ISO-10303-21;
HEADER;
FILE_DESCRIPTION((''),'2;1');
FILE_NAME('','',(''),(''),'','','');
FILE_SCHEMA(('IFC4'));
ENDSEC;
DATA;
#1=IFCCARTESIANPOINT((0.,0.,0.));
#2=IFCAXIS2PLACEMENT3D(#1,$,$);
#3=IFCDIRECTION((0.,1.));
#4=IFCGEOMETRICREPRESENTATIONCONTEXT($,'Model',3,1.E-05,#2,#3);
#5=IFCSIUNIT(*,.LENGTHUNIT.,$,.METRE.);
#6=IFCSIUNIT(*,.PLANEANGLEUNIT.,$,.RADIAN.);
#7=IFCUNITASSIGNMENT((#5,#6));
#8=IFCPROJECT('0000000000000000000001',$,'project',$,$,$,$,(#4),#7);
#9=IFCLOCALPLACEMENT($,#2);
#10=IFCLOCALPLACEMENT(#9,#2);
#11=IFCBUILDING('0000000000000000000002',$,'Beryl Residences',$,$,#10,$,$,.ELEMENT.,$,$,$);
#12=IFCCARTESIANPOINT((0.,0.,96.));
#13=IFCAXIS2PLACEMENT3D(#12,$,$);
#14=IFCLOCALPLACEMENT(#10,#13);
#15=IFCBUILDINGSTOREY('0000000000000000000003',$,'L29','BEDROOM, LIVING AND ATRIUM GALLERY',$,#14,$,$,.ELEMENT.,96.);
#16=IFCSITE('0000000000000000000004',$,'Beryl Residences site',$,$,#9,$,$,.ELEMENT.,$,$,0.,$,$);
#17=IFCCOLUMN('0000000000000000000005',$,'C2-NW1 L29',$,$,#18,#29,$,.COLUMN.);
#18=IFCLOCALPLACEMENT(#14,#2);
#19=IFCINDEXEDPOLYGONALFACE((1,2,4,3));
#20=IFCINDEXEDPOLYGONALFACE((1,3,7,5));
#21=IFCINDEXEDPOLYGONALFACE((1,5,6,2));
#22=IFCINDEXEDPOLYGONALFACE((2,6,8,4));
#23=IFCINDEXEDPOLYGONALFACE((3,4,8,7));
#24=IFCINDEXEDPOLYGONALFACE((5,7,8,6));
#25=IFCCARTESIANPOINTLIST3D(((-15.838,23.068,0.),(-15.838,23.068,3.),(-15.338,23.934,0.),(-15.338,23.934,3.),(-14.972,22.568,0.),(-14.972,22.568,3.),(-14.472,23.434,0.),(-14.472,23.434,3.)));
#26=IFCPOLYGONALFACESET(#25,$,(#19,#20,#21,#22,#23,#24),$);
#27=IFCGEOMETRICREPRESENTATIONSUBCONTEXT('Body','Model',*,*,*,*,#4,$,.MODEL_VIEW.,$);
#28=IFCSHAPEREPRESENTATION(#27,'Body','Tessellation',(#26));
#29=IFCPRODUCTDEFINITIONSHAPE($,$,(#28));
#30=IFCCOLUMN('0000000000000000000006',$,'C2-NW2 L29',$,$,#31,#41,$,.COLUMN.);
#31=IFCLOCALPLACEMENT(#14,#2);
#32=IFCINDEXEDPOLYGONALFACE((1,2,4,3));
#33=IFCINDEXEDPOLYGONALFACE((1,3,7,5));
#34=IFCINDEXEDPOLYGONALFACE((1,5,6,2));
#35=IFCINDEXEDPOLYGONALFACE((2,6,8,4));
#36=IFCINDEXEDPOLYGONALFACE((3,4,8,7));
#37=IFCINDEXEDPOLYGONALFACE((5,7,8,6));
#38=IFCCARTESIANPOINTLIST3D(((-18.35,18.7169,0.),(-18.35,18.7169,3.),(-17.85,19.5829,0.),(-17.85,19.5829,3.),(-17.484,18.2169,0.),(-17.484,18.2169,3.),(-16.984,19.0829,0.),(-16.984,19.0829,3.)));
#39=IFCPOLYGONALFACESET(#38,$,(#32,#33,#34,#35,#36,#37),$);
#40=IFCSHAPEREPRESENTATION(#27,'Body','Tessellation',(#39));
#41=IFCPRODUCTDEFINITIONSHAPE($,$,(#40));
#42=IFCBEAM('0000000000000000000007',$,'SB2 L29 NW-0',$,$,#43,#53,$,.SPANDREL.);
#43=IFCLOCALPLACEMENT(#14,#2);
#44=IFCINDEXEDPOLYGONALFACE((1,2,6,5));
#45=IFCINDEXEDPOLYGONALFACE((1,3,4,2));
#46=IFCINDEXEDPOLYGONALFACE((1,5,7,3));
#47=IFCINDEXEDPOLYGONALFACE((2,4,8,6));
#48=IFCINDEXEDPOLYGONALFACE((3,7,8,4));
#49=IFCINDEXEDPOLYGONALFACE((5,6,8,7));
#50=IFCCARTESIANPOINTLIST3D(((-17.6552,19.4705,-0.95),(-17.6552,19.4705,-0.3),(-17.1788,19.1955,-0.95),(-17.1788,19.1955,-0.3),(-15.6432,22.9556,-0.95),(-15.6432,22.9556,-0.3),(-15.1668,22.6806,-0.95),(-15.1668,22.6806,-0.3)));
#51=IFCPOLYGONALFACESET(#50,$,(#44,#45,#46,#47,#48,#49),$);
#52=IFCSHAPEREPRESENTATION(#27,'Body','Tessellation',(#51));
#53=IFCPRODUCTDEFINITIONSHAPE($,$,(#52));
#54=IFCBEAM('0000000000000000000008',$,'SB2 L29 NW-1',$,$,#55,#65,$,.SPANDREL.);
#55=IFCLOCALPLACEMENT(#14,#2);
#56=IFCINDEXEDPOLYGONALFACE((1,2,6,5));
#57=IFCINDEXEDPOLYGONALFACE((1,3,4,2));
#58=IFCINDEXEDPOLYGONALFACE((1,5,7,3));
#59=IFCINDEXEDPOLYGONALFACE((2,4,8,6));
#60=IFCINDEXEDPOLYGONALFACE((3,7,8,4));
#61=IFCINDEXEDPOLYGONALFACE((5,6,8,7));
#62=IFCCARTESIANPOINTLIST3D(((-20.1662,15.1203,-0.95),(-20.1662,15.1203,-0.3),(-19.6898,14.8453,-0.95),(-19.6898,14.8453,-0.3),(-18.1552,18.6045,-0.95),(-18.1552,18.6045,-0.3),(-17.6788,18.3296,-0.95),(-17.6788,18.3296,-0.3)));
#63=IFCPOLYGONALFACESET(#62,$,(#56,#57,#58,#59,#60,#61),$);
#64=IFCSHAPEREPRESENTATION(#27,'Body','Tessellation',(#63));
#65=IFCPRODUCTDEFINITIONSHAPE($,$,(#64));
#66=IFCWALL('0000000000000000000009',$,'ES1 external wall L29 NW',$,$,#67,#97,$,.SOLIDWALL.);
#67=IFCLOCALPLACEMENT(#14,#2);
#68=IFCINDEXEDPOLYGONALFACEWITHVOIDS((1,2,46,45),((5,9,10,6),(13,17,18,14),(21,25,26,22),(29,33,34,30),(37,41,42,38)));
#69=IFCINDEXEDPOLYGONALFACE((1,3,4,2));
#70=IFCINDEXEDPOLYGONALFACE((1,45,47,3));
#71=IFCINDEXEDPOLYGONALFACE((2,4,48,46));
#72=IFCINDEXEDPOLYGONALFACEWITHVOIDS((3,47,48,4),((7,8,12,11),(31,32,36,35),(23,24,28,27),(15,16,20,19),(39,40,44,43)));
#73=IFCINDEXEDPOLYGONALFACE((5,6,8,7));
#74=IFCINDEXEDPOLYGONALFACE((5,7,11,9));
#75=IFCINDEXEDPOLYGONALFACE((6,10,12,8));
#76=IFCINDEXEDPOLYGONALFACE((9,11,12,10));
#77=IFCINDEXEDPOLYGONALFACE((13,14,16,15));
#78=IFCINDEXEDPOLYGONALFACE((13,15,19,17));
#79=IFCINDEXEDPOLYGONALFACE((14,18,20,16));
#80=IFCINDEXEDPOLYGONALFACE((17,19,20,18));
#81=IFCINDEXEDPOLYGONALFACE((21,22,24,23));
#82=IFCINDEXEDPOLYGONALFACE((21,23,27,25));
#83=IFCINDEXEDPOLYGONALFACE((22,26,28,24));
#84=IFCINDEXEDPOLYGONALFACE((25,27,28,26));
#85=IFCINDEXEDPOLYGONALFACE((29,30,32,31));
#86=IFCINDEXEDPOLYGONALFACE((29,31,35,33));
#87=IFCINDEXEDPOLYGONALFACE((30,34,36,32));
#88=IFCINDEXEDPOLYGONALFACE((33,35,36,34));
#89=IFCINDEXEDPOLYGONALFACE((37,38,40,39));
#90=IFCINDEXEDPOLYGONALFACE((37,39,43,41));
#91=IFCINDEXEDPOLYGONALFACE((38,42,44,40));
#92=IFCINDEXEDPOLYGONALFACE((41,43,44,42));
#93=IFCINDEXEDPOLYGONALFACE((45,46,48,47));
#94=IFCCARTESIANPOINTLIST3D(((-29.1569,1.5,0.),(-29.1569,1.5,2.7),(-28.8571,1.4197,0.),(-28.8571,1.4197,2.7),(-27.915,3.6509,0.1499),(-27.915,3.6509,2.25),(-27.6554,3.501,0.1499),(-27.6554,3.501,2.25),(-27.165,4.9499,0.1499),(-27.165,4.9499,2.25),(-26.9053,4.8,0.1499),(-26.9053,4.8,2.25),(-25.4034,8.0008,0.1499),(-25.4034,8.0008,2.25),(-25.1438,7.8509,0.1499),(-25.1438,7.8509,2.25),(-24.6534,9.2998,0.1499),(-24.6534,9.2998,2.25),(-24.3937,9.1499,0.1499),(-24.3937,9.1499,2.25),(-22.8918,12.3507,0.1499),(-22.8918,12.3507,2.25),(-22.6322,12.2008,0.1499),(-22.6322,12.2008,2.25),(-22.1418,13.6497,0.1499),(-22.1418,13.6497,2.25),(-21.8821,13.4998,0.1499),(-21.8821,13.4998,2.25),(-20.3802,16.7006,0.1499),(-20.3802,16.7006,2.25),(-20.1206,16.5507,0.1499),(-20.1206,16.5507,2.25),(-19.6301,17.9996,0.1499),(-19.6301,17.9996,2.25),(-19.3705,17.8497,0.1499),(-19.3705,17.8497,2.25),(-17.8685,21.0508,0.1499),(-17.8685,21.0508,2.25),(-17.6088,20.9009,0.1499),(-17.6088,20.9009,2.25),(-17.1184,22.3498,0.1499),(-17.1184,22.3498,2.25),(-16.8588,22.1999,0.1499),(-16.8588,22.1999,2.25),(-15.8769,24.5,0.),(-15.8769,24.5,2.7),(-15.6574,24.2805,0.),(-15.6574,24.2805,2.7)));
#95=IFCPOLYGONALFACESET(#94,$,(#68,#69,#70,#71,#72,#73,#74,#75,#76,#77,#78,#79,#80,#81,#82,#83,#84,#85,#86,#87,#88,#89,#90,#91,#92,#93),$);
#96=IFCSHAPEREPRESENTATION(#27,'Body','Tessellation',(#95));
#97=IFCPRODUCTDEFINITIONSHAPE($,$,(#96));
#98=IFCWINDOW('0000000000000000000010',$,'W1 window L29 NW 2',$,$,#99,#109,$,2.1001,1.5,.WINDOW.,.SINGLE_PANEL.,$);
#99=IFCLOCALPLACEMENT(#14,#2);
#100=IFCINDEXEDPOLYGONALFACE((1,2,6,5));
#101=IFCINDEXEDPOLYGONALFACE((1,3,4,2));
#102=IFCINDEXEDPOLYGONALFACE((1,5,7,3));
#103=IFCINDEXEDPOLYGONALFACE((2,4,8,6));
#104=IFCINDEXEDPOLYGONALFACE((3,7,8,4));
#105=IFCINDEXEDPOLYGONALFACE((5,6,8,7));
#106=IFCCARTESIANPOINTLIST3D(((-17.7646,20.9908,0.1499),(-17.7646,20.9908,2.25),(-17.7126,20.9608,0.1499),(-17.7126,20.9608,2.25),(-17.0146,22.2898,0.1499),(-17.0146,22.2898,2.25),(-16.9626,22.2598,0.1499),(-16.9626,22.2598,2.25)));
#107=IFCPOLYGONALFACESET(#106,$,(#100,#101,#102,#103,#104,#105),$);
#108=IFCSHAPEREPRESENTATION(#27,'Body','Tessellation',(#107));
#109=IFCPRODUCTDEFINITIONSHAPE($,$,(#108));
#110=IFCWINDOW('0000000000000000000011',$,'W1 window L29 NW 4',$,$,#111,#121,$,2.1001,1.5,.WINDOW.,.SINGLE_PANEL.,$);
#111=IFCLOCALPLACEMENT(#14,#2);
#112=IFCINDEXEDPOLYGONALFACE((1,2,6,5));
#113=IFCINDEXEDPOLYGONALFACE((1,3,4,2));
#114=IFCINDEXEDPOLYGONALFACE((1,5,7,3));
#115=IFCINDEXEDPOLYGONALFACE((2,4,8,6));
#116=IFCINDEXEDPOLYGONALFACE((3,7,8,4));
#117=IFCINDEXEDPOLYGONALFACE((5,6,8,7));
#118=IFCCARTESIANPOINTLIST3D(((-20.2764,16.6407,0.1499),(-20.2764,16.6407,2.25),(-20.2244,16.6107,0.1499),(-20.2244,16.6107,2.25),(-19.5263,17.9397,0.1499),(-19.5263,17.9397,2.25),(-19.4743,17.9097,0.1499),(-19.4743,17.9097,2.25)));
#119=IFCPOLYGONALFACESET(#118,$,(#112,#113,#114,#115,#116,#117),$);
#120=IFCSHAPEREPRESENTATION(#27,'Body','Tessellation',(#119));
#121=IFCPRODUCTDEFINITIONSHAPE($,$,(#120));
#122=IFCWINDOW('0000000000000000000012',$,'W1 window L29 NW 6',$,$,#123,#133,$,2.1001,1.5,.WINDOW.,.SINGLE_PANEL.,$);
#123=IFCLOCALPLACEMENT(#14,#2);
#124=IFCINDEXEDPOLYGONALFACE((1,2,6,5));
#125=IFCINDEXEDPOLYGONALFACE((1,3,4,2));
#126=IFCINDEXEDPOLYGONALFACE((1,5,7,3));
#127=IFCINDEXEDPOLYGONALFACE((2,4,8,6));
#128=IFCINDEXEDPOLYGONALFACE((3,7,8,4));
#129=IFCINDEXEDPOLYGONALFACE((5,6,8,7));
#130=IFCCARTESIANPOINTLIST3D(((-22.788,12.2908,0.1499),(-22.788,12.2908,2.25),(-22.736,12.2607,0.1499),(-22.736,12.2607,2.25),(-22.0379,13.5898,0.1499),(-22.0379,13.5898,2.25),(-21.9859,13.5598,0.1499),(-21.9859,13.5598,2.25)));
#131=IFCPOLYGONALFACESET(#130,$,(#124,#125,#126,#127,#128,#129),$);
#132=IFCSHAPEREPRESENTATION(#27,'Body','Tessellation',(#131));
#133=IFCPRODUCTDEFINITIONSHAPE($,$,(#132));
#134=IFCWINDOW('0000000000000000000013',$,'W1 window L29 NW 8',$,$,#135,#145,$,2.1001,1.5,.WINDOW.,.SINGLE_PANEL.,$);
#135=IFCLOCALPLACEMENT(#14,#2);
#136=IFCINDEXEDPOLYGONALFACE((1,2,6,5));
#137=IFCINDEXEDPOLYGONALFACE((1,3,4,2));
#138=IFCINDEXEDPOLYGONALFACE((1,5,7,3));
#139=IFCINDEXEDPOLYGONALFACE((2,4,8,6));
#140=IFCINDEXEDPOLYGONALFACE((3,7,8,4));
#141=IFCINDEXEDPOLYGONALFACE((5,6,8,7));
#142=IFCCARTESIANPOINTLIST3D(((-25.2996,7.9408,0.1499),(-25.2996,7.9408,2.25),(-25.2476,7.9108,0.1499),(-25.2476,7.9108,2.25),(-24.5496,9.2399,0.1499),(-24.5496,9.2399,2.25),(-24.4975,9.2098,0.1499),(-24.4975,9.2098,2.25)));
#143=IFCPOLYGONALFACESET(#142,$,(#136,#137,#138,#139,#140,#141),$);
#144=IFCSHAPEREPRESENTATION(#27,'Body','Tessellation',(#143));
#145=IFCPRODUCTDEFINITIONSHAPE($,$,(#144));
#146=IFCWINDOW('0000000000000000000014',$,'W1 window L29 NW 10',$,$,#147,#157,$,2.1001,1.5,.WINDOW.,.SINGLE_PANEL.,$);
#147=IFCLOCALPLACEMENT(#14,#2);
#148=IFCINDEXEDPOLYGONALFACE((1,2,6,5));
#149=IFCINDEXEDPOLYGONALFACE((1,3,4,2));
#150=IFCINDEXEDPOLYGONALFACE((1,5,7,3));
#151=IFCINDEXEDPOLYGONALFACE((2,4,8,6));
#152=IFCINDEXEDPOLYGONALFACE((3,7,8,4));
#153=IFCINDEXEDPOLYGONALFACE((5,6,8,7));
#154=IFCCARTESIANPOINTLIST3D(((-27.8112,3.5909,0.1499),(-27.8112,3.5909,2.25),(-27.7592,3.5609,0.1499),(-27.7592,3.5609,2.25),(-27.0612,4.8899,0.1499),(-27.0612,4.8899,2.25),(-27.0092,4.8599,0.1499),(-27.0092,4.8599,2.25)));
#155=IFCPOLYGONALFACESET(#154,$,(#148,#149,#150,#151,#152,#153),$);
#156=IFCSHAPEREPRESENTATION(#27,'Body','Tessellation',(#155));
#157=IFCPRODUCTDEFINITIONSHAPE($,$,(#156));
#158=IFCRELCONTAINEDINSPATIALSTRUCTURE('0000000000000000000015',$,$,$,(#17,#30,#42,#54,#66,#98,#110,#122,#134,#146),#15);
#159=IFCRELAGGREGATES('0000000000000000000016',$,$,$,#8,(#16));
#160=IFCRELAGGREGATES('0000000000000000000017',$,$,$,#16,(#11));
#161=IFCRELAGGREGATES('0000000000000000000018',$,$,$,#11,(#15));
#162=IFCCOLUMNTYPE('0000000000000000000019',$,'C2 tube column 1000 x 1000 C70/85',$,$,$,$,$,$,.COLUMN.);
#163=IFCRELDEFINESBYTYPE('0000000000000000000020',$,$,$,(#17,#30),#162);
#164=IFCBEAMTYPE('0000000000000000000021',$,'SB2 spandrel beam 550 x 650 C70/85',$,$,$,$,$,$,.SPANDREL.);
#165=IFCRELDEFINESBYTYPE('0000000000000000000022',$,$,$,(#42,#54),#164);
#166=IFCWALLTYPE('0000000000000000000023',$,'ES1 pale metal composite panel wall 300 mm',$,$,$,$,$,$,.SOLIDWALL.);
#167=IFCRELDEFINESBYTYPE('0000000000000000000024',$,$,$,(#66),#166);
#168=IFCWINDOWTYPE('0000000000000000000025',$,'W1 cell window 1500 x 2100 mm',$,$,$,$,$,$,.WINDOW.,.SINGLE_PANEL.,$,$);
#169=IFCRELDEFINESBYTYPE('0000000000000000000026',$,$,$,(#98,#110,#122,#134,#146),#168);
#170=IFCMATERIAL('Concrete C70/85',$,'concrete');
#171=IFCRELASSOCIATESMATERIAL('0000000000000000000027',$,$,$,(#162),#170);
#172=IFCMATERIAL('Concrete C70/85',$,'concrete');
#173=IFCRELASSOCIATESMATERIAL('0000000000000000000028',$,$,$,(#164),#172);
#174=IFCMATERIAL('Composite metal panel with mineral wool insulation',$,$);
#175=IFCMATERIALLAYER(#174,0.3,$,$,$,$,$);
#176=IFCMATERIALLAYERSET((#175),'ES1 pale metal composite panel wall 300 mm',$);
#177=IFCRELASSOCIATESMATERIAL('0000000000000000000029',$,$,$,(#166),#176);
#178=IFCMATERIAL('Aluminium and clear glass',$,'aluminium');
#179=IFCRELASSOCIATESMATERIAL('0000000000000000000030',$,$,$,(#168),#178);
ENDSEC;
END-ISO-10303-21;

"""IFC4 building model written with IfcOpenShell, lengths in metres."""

from ifc_helpers import new_model, si_unit, direction, frame, frame_2d, origin, origin_2d, place, context, subcontext, project, spatial, polyline, rectangle, outline, extrude, material, layer, layer_set, material_profile, profile_set, type_object, element, fill, save


model = new_model("IFC4")

# Units and contexts
model_context = context("Model", 3, precision=1e-05, world=origin(), true_north=direction((0.0, 1.0)))
body_context = subcontext(model_context, "Body", "Model", "MODEL_VIEW")
ifc_project = project(units=[si_unit("LENGTHUNIT", "METRE"), si_unit("PLANEANGLEUNIT", "RADIAN")], contexts=[model_context])

# Site, building, storey
site_placement = place(None, origin())
site = spatial("IfcSite", under=ifc_project, at=site_placement, Name="Beryl Residences site", CompositionType="ELEMENT", RefElevation=0.0)
building_placement = place(site_placement, origin())
building = spatial("IfcBuilding", under=site, at=building_placement, Name="Beryl Residences", CompositionType="ELEMENT")
storey_placement = place(building_placement, frame((0.0, 0.0, 96.0)))
storey = spatial("IfcBuildingStorey", under=building, at=storey_placement, Name="L29", Description="BEDROOM, LIVING AND ATRIUM GALLERY", CompositionType="ELEMENT", Elevation=96.0)

# Columns
ifc_material_1 = material(Name="Concrete C70/85", Category="concrete")
ifc_material_profile_1 = material_profile(ifc_material_1, rectangle(XDim=1.0, YDim=1.0, at=origin_2d()))
ifc_profile_set_1 = profile_set([ifc_material_profile_1], Name="Concrete C70/85")
column_type = type_object("IfcColumnType", Name="C2 tube column 1000 x 1000 C70/85", PredefinedType="COLUMN", material=ifc_profile_set_1)
for number, where, z_axis, x_axis, name in (
    (1, (-15.155, 23.251, 0.0), (0.0, 0.0, 1.0), (-0.5, -0.866025, 0.0), "C2-NW1 L29"),
    (2, (-17.667, 18.8999, 0.0), (0.0, 0.0, 1.0), (-0.5, -0.866025, 0.0), "C2-NW2 L29"),
):
    element("IfcColumn", number, at=place(storey_placement, frame(where, z_axis=z_axis, x_axis=x_axis)), inside=storey, type_object=column_type, Name=name, PredefinedType="COLUMN", context=body_context, shape_type="SweptSolid", body=[
        extrude(rectangle(XDim=1.0, YDim=1.0, at=origin_2d()), origin(), (0.0, 0.0, 1.0), 3.0),
    ])

# Beams
ifc_material_2 = material(Name="Concrete C70/85", Category="concrete")
ifc_material_profile_2 = material_profile(ifc_material_2, rectangle(XDim=0.55, YDim=0.6499, at=origin_2d()))
ifc_profile_set_2 = profile_set([ifc_material_profile_2], Name="Concrete C70/85")
beam_type = type_object("IfcBeamType", Name="SB2 spandrel beam 550 x 650 C70/85", PredefinedType="SPANDREL", material=ifc_profile_set_2)
beam_1_placement = place(storey_placement, frame((-15.405, 22.8181, -0.625), z_axis=(-0.499969, -0.866043, 0.0), x_axis=(0.866043, -0.499969, 0.0)))
element("IfcBeam", 3, at=beam_1_placement, inside=storey, type_object=beam_type, Name="SB2 L29 NW-0", PredefinedType="SPANDREL", context=body_context, shape_type="SweptSolid", body=[
    extrude(rectangle(XDim=0.55, YDim=0.6499, at=origin_2d()), origin(), (0.0, 0.0, 1.0), 4.0242),
])
beam_2_placement = place(storey_placement, frame((-17.917, 18.467, -0.625), z_axis=(-0.499892, -0.866088, 0.0), x_axis=(0.866088, -0.499892, 0.0)))
element("IfcBeam", 4, at=beam_2_placement, inside=storey, type_object=beam_type, Name="SB2 L29 NW-1", PredefinedType="SPANDREL", context=body_context, shape_type="SweptSolid", body=[
    extrude(rectangle(XDim=0.55, YDim=0.6499, at=origin_2d()), origin(), (0.0, 0.0, 1.0), 4.0229),
])

# Wall, openings, windows
ifc_material_3 = material(Name="Composite metal panel with mineral wool insulation")
ifc_layer_1 = layer(ifc_material_3, 0.3)
ifc_layer_set_1 = layer_set([ifc_layer_1], Name="ES1 pale metal composite panel wall 300 mm")
wall_type_1 = type_object("IfcWallType", Name="ES1 pale metal composite panel wall 300 mm", PredefinedType="SOLIDWALL", material=ifc_layer_set_1)
wall_1_placement = place(storey_placement, frame((-15.7471, 24.425, 0.0), z_axis=(0.0, 0.0, 1.0), x_axis=(-0.500027, -0.86601, 0.0)))
wall_1 = element("IfcWall", 5, at=wall_1_placement, inside=storey, type_object=wall_type_1, Name="ES1 external wall L29 NW", PredefinedType="SOLIDWALL", context=body_context, shape_type="SweptSolid", body=[
    extrude(outline(polyline([(0.0, -0.1499), (26.5586, -0.1499), (26.4783, 0.1499), (0.0803, 0.1499), (0.0, -0.1499)])), origin(), (0.0, 0.0, 1.0), 2.7),
])
opening_1_placement = place(wall_1_placement, frame((2.4829, 0.0, 0.1499)))
opening_1 = element("IfcOpeningElement", 6, at=opening_1_placement, cuts=wall_1, PredefinedType="OPENING", context=body_context, shape_type="SweptSolid", body=[
    extrude(rectangle(XDim=1.5, YDim=2.1001, at=frame_2d((0.75, 1.05))), frame((0.0, 0.1599, 0.0), z_axis=(0.0, -1.0, 0.0), x_axis=(1.0, 0.0, 0.0)), (0.0, 0.0, 1.0), 0.3201),
])
opening_2_placement = place(wall_1_placement, frame((7.5061, 0.0, 0.1499)))
opening_2 = element("IfcOpeningElement", 7, at=opening_2_placement, cuts=wall_1, PredefinedType="OPENING", context=body_context, shape_type="SweptSolid", body=[
    extrude(rectangle(XDim=1.5, YDim=2.1001, at=frame_2d((0.75, 1.05))), frame((0.0, 0.1599, 0.0), z_axis=(0.0, -1.0, 0.0), x_axis=(1.0, 0.0, 0.0)), (0.0, 0.0, 1.0), 0.3201),
])
opening_3_placement = place(wall_1_placement, frame((12.5291, 0.0, 0.1499)))
opening_3 = element("IfcOpeningElement", 8, at=opening_3_placement, cuts=wall_1, PredefinedType="OPENING", context=body_context, shape_type="SweptSolid", body=[
    extrude(rectangle(XDim=1.5, YDim=2.1001, at=frame_2d((0.75, 1.05))), frame((0.0, 0.1599, 0.0), z_axis=(0.0, -1.0, 0.0), x_axis=(1.0, 0.0, 0.0)), (0.0, 0.0, 1.0), 0.3201),
])
opening_4_placement = place(wall_1_placement, frame((17.552, 0.0, 0.1499)))
opening_4 = element("IfcOpeningElement", 9, at=opening_4_placement, cuts=wall_1, PredefinedType="OPENING", context=body_context, shape_type="SweptSolid", body=[
    extrude(rectangle(XDim=1.5, YDim=2.1001, at=frame_2d((0.75, 1.05))), frame((0.0, 0.1599, 0.0), z_axis=(0.0, -1.0, 0.0), x_axis=(1.0, 0.0, 0.0)), (0.0, 0.0, 1.0), 0.3201),
])
opening_5_placement = place(wall_1_placement, frame((22.575, 0.0, 0.1499)))
opening_5 = element("IfcOpeningElement", 10, at=opening_5_placement, cuts=wall_1, PredefinedType="OPENING", context=body_context, shape_type="SweptSolid", body=[
    extrude(rectangle(XDim=1.5, YDim=2.1001, at=frame_2d((0.75, 1.05))), frame((0.0, 0.1599, 0.0), z_axis=(0.0, -1.0, 0.0), x_axis=(1.0, 0.0, 0.0)), (0.0, 0.0, 1.0), 0.3201),
])
ifc_material_4 = material(Name="Aluminium and clear glass", Category="aluminium")
window_type = type_object("IfcWindowType", Name="W1 cell window 1500 x 2100 mm", PartitioningType="SINGLE_PANEL", PredefinedType="WINDOW", material=ifc_material_4)
window_1_placement = place(opening_1_placement, origin())
window_1 = element("IfcWindow", 11, at=window_1_placement, inside=storey, type_object=window_type, Name="W1 window L29 NW 2", OverallHeight=2.1001, OverallWidth=1.5, PartitioningType="SINGLE_PANEL", PredefinedType="WINDOW", context=body_context, shape_type="SweptSolid", body=[
    extrude(rectangle(XDim=1.5, YDim=2.1001, at=frame_2d((0.75, 1.05))), frame((0.0, 0.03, 0.0), z_axis=(0.0, -1.0, 0.0), x_axis=(1.0, 0.0, 0.0)), (0.0, 0.0, 1.0), 0.0601),
])
fill(opening_1, window_1)
window_2_placement = place(opening_2_placement, origin())
window_2 = element("IfcWindow", 12, at=window_2_placement, inside=storey, type_object=window_type, Name="W1 window L29 NW 4", OverallHeight=2.1001, OverallWidth=1.5, PartitioningType="SINGLE_PANEL", PredefinedType="WINDOW", context=body_context, shape_type="SweptSolid", body=[
    extrude(rectangle(XDim=1.5, YDim=2.1001, at=frame_2d((0.75, 1.05))), frame((0.0, 0.03, 0.0), z_axis=(0.0, -1.0, 0.0), x_axis=(1.0, 0.0, 0.0)), (0.0, 0.0, 1.0), 0.0601),
])
fill(opening_2, window_2)
window_3_placement = place(opening_3_placement, origin())
window_3 = element("IfcWindow", 13, at=window_3_placement, inside=storey, type_object=window_type, Name="W1 window L29 NW 6", OverallHeight=2.1001, OverallWidth=1.5, PartitioningType="SINGLE_PANEL", PredefinedType="WINDOW", context=body_context, shape_type="SweptSolid", body=[
    extrude(rectangle(XDim=1.5, YDim=2.1001, at=frame_2d((0.75, 1.05))), frame((0.0, 0.03, 0.0), z_axis=(0.0, -1.0, 0.0), x_axis=(1.0, 0.0, 0.0)), (0.0, 0.0, 1.0), 0.0601),
])
fill(opening_3, window_3)
window_4_placement = place(opening_4_placement, origin())
window_4 = element("IfcWindow", 14, at=window_4_placement, inside=storey, type_object=window_type, Name="W1 window L29 NW 8", OverallHeight=2.1001, OverallWidth=1.5, PartitioningType="SINGLE_PANEL", PredefinedType="WINDOW", context=body_context, shape_type="SweptSolid", body=[
    extrude(rectangle(XDim=1.5, YDim=2.1001, at=frame_2d((0.75, 1.05))), frame((0.0, 0.03, 0.0), z_axis=(0.0, -1.0, 0.0), x_axis=(1.0, 0.0, 0.0)), (0.0, 0.0, 1.0), 0.0601),
])
fill(opening_4, window_4)
window_5_placement = place(opening_5_placement, origin())
window_5 = element("IfcWindow", 15, at=window_5_placement, inside=storey, type_object=window_type, Name="W1 window L29 NW 10", OverallHeight=2.1001, OverallWidth=1.5, PartitioningType="SINGLE_PANEL", PredefinedType="WINDOW", context=body_context, shape_type="SweptSolid", body=[
    extrude(rectangle(XDim=1.5, YDim=2.1001, at=frame_2d((0.75, 1.05))), frame((0.0, 0.03, 0.0), z_axis=(0.0, -1.0, 0.0), x_axis=(1.0, 0.0, 0.0)), (0.0, 0.0, 1.0), 0.0601),
])
fill(opening_5, window_5)

save(model, "model.ifc")
